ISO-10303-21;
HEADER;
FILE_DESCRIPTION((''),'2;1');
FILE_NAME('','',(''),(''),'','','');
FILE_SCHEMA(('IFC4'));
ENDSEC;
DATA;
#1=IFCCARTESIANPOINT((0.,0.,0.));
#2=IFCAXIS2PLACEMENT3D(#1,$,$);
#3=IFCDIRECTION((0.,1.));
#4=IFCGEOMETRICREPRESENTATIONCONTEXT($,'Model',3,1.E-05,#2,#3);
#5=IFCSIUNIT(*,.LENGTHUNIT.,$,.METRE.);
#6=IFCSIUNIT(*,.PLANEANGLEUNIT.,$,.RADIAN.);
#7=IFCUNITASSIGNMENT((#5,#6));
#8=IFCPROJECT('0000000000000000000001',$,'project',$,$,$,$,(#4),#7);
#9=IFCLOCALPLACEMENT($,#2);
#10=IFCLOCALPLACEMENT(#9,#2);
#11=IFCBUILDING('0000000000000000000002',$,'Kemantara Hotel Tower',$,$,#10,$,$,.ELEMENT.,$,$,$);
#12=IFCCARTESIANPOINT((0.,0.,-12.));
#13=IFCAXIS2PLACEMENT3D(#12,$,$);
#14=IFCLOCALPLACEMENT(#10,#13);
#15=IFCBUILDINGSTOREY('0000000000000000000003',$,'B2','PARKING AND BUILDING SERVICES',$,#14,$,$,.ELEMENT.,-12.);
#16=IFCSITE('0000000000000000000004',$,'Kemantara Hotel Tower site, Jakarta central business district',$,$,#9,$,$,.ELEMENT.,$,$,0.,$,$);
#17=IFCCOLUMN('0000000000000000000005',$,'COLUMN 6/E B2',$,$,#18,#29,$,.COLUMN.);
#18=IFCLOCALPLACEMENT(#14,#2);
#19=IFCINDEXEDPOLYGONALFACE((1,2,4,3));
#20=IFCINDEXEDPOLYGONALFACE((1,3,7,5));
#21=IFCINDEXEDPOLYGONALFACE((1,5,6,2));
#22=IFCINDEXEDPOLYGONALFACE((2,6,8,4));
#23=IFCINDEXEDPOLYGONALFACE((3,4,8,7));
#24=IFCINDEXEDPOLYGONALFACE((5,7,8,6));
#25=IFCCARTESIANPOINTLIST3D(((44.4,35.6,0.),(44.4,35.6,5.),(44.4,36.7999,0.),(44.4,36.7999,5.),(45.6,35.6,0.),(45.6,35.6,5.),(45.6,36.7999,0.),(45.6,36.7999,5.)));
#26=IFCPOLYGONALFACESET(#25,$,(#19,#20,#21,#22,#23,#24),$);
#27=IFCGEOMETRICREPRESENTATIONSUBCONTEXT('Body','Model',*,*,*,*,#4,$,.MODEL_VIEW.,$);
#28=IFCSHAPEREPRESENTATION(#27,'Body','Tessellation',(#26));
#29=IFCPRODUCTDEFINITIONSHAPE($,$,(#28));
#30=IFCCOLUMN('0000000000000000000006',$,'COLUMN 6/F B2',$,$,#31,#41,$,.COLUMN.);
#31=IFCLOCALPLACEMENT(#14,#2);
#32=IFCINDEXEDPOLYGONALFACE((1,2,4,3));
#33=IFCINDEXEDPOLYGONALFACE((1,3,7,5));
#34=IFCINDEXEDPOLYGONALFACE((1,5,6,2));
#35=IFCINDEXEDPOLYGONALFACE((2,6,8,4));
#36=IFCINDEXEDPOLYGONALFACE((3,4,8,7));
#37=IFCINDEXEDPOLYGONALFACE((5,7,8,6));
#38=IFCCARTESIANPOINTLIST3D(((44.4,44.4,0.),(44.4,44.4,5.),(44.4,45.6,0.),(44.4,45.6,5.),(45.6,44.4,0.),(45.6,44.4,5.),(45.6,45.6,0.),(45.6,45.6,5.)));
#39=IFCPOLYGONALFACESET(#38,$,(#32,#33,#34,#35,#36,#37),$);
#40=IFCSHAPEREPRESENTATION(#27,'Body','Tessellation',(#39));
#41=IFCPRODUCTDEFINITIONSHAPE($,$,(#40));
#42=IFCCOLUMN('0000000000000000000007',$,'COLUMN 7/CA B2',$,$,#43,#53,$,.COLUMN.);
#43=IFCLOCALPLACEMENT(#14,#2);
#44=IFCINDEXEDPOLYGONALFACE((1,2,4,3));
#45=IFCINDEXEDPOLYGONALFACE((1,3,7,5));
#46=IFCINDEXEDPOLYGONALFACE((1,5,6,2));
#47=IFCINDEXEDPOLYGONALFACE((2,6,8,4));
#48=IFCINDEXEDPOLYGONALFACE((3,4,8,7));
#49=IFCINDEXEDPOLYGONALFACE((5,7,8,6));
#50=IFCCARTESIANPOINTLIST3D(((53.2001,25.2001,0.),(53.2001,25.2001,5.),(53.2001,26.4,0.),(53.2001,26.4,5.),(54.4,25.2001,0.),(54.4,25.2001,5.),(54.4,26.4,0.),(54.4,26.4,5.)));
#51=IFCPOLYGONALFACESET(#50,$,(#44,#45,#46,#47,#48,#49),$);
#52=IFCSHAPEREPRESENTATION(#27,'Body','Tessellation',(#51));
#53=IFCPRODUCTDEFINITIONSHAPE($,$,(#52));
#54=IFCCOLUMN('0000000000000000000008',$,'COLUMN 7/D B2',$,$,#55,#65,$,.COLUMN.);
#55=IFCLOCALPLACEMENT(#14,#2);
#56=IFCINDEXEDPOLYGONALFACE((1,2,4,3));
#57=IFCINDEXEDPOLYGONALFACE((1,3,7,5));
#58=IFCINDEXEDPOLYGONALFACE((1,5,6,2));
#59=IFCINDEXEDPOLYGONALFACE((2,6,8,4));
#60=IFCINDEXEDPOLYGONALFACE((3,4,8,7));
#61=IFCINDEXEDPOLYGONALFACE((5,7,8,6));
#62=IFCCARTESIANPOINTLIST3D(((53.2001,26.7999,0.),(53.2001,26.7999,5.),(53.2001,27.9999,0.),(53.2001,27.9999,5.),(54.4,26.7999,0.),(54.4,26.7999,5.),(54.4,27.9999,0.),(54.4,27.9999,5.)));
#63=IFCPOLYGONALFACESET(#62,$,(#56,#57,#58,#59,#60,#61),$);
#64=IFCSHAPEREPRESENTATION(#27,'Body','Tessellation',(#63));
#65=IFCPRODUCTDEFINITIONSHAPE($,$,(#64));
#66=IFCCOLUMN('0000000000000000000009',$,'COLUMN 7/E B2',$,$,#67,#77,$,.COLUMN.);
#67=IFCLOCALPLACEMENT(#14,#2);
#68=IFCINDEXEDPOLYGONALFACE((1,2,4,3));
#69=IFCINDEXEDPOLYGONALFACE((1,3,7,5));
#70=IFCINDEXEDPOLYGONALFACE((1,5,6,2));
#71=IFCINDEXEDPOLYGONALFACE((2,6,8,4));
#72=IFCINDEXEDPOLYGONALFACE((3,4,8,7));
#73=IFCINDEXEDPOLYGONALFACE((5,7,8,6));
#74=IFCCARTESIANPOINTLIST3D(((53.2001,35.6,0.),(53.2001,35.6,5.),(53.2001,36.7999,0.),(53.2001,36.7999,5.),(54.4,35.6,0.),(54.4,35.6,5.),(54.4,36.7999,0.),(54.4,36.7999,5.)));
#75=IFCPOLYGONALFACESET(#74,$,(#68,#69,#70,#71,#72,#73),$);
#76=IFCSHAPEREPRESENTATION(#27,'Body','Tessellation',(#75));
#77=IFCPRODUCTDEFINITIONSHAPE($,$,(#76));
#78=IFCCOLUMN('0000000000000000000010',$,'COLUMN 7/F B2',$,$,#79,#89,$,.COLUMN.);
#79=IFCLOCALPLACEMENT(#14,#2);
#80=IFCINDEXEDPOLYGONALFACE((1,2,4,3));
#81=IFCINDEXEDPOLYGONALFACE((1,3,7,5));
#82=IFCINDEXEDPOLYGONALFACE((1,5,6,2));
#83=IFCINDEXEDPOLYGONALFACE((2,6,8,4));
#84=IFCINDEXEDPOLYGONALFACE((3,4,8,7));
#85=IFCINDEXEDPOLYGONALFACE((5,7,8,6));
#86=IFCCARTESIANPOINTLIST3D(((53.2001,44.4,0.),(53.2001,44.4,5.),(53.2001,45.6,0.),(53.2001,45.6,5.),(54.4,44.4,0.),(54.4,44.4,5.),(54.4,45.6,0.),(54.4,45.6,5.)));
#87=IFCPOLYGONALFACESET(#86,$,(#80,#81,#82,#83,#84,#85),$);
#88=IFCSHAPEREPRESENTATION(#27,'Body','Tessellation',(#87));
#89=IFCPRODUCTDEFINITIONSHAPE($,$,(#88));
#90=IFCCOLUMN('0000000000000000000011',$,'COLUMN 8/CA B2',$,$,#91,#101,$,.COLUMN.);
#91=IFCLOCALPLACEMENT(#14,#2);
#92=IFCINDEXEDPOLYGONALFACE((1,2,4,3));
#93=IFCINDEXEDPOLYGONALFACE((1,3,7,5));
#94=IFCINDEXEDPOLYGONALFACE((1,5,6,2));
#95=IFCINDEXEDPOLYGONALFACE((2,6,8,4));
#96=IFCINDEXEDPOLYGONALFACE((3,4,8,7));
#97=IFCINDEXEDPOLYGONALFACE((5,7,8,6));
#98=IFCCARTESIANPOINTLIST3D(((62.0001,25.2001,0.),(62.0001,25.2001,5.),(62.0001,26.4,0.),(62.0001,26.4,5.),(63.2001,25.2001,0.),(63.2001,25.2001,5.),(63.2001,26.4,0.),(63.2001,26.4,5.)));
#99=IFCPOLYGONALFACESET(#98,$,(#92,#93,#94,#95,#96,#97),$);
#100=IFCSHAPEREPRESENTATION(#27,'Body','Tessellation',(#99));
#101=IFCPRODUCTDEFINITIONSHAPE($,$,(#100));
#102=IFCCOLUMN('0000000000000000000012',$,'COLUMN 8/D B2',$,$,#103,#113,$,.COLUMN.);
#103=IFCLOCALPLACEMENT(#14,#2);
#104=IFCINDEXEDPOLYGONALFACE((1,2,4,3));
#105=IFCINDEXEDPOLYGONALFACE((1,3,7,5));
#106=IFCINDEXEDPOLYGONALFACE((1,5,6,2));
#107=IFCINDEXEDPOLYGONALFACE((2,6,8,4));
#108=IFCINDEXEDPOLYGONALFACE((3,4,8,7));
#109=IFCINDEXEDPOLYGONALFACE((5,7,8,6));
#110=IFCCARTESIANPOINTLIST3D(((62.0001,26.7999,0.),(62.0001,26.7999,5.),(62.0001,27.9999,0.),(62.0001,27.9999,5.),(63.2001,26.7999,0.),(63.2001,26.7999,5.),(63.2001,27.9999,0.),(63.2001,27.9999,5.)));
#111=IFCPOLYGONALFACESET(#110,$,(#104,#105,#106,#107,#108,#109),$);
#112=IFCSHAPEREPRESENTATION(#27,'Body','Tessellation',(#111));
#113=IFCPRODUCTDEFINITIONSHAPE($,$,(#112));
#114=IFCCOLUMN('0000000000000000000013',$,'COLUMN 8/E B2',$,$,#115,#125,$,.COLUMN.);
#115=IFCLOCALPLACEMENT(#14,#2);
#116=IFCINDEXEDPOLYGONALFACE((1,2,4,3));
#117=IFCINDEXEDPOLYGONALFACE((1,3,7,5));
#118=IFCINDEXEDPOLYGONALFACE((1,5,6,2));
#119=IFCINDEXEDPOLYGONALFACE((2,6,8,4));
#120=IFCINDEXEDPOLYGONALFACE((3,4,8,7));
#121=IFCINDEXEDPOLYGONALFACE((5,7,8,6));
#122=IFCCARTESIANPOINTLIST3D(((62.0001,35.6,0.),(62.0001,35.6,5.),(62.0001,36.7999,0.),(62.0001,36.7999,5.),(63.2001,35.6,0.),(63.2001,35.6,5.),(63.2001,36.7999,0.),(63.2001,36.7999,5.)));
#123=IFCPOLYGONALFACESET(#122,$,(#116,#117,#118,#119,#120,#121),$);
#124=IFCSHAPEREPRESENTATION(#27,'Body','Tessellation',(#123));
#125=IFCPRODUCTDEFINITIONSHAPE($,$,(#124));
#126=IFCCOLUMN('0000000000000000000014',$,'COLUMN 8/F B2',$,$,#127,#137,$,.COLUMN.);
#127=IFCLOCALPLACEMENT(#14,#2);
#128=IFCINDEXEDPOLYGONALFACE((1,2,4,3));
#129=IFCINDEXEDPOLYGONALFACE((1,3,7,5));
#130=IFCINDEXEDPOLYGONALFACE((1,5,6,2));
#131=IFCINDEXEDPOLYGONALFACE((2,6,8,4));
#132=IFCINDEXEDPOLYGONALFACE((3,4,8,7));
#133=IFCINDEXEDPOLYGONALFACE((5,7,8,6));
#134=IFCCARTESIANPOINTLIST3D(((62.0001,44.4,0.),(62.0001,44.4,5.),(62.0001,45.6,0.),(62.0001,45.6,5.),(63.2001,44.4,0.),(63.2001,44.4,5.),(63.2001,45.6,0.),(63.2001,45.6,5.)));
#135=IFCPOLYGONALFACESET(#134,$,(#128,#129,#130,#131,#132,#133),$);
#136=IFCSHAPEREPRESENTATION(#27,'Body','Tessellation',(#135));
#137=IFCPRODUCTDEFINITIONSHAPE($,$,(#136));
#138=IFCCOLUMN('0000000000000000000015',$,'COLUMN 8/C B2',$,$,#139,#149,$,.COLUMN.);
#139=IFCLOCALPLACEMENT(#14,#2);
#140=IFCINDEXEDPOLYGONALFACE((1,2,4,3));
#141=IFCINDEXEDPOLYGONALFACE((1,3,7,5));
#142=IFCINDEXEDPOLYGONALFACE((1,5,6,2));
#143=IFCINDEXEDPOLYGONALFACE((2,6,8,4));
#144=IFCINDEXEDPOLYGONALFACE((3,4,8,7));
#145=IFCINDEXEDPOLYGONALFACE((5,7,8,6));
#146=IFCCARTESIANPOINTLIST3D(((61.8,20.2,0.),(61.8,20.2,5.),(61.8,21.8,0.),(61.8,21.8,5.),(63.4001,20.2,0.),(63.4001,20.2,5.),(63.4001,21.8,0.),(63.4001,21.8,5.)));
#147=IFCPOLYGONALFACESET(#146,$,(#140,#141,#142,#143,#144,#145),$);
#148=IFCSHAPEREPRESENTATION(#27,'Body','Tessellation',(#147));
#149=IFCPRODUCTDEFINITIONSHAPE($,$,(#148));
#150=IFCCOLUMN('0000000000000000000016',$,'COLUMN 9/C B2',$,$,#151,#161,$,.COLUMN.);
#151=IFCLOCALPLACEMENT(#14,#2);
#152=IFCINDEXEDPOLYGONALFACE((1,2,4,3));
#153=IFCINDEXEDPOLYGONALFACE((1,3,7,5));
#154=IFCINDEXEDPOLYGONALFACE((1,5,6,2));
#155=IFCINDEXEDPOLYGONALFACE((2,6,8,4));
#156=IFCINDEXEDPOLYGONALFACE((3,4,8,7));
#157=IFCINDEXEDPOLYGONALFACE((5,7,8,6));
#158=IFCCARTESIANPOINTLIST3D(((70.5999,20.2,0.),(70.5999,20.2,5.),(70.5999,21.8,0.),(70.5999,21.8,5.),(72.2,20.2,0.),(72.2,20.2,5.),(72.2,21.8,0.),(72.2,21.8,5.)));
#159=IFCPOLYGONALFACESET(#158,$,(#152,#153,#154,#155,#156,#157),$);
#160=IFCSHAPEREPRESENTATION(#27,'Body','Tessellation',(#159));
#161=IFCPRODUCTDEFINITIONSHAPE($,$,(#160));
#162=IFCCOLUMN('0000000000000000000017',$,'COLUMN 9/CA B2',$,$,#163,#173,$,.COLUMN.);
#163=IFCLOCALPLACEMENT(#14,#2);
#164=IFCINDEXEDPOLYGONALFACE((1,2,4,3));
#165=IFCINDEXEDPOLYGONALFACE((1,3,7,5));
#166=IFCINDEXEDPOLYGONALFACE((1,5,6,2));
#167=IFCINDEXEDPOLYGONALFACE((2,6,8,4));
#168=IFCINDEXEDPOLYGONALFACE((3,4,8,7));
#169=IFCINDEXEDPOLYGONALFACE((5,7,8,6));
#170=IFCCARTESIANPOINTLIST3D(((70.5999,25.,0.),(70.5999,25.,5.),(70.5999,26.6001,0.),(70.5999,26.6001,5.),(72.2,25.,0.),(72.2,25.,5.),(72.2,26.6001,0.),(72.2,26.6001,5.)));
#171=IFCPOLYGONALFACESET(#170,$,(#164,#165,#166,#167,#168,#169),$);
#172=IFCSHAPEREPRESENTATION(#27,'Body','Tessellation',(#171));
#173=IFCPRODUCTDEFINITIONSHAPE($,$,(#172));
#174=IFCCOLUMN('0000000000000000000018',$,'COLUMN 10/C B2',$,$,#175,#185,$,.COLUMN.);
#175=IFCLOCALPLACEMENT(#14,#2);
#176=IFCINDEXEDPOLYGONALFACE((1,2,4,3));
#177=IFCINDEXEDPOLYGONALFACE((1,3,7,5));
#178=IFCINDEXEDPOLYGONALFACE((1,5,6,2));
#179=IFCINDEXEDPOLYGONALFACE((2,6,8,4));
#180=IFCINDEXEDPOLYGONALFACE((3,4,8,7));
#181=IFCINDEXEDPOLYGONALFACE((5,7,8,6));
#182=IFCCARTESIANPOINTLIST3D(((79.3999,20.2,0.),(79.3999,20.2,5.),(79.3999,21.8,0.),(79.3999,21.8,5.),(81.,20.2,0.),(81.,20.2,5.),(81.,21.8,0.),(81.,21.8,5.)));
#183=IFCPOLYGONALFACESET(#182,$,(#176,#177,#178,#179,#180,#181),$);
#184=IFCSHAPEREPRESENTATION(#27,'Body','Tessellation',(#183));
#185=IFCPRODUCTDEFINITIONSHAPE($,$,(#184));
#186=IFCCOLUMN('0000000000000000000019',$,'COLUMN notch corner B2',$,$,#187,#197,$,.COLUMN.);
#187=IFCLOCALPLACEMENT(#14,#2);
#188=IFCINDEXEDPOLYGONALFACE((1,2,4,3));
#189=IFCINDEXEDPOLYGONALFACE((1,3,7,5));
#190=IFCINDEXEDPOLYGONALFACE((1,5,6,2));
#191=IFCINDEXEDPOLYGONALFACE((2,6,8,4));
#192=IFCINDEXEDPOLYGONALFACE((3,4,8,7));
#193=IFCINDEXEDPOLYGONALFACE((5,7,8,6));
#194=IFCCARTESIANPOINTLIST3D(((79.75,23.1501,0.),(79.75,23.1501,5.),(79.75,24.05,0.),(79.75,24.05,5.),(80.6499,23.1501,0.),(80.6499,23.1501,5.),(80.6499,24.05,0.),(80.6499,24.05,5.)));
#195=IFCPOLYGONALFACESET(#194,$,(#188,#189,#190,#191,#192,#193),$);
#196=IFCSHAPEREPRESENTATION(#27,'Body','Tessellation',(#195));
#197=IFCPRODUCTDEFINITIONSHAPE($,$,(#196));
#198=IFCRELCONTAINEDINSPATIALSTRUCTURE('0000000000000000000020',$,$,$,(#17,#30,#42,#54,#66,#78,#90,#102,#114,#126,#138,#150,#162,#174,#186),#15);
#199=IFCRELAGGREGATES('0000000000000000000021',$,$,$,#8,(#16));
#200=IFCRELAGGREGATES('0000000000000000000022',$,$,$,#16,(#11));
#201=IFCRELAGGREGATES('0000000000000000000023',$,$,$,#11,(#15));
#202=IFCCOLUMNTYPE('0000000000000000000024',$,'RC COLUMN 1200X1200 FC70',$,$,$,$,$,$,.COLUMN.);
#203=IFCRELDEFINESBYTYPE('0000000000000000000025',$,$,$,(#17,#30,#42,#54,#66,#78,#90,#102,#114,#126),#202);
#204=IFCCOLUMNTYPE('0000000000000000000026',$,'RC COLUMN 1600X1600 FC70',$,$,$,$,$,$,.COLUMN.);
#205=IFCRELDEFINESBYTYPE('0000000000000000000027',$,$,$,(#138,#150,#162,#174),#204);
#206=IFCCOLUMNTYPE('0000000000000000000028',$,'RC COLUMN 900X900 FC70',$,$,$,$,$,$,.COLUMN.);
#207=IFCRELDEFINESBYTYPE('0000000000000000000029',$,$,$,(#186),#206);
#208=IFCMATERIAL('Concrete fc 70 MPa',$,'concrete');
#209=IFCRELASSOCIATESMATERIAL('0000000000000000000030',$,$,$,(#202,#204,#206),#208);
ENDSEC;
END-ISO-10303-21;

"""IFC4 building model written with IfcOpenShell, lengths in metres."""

from ifc_helpers import new_model, si_unit, direction, frame, origin, origin_2d, place, context, subcontext, project, spatial, rectangle, extrude, material, material_profile, profile_set, type_object, element, save


model = new_model("IFC4")

# Units and contexts
model_context = context("Model", 3, precision=1e-05, world=origin(), true_north=direction((0.0, 1.0)))
body_context = subcontext(model_context, "Body", "Model", "MODEL_VIEW")
ifc_project = project(units=[si_unit("LENGTHUNIT", "METRE"), si_unit("PLANEANGLEUNIT", "RADIAN")], contexts=[model_context])

# Site, building, storey
site_placement = place(None, origin())
site = spatial("IfcSite", under=ifc_project, at=site_placement, Name="Kemantara Hotel Tower site, Jakarta central business district", CompositionType="ELEMENT", RefElevation=0.0)
building_placement = place(site_placement, origin())
building = spatial("IfcBuilding", under=site, at=building_placement, Name="Kemantara Hotel Tower", CompositionType="ELEMENT")
storey_placement = place(building_placement, frame((0.0, 0.0, -12.0)))
storey = spatial("IfcBuildingStorey", under=building, at=storey_placement, Name="B2", Description="PARKING AND BUILDING SERVICES", CompositionType="ELEMENT", Elevation=-12.0)

# Columns
ifc_material = material(Name="Concrete fc 70 MPa", Category="concrete")
ifc_material_profile_1 = material_profile(ifc_material, rectangle(XDim=1.2, YDim=1.2, at=origin_2d()), Name="RC 1200X1200")
ifc_profile_set_1 = profile_set([ifc_material_profile_1], Name="Concrete fc 70 MPa")
column_type_1 = type_object("IfcColumnType", Name="RC COLUMN 1200X1200 FC70", PredefinedType="COLUMN", material=ifc_profile_set_1)
for number, where, z_axis, x_axis, name in (
    (1, (45.0, 36.2, 0.0), (0.0, 0.0, 1.0), (1.0, 0.0, 0.0), "COLUMN 6/E B2"),
    (2, (45.0, 45.0, 0.0), (0.0, 0.0, 1.0), (1.0, 0.0, 0.0), "COLUMN 6/F B2"),
    (3, (53.8, 25.8, 0.0), (0.0, 0.0, 1.0), (1.0, 0.0, 0.0), "COLUMN 7/CA B2"),
    (4, (53.8, 27.3999, 0.0), (0.0, 0.0, 1.0), (1.0, 0.0, 0.0), "COLUMN 7/D B2"),
    (5, (53.8, 36.2, 0.0), (0.0, 0.0, 1.0), (1.0, 0.0, 0.0), "COLUMN 7/E B2"),
    (6, (53.8, 45.0, 0.0), (0.0, 0.0, 1.0), (1.0, 0.0, 0.0), "COLUMN 7/F B2"),
    (7, (62.6001, 25.8, 0.0), (0.0, 0.0, 1.0), (1.0, 0.0, 0.0), "COLUMN 8/CA B2"),
    (8, (62.6001, 27.3999, 0.0), (0.0, 0.0, 1.0), (1.0, 0.0, 0.0), "COLUMN 8/D B2"),
    (9, (62.6001, 36.2, 0.0), (0.0, 0.0, 1.0), (1.0, 0.0, 0.0), "COLUMN 8/E B2"),
    (10, (62.6001, 45.0, 0.0), (0.0, 0.0, 1.0), (1.0, 0.0, 0.0), "COLUMN 8/F B2"),
):
    element("IfcColumn", number, at=place(storey_placement, frame(where, z_axis=z_axis, x_axis=x_axis)), inside=storey, type_object=column_type_1, Name=name, PredefinedType="COLUMN", context=body_context, shape_type="SweptSolid", body=[
        extrude(rectangle(XDim=1.2, YDim=1.2, at=origin_2d()), origin(), (0.0, 0.0, 1.0), 5.0),
    ])
ifc_material_profile_2 = material_profile(ifc_material, rectangle(XDim=1.6001, YDim=1.6001, at=origin_2d()), Name="RC 1600X1600")
ifc_profile_set_2 = profile_set([ifc_material_profile_2], Name="Concrete fc 70 MPa")
column_type_2 = type_object("IfcColumnType", Name="RC COLUMN 1600X1600 FC70", PredefinedType="COLUMN", material=ifc_profile_set_2)
for number, where, z_axis, x_axis, name in (
    (11, (62.6001, 21.0, 0.0), (0.0, 0.0, 1.0), (1.0, 0.0, 0.0), "COLUMN 8/C B2"),
    (12, (71.3999, 21.0, 0.0), (0.0, 0.0, 1.0), (1.0, 0.0, 0.0), "COLUMN 9/C B2"),
    (13, (71.3999, 25.8, 0.0), (0.0, 0.0, 1.0), (1.0, 0.0, 0.0), "COLUMN 9/CA B2"),
    (14, (80.2, 21.0, 0.0), (0.0, 0.0, 1.0), (1.0, 0.0, 0.0), "COLUMN 10/C B2"),
):
    element("IfcColumn", number, at=place(storey_placement, frame(where, z_axis=z_axis, x_axis=x_axis)), inside=storey, type_object=column_type_2, Name=name, PredefinedType="COLUMN", context=body_context, shape_type="SweptSolid", body=[
        extrude(rectangle(XDim=1.6001, YDim=1.6001, at=origin_2d()), origin(), (0.0, 0.0, 1.0), 5.0),
    ])
ifc_material_profile_3 = material_profile(ifc_material, rectangle(XDim=0.8999, YDim=0.8999, at=origin_2d()), Name="RC 900X900")
ifc_profile_set_3 = profile_set([ifc_material_profile_3], Name="Concrete fc 70 MPa")
column_type_3 = type_object("IfcColumnType", Name="RC COLUMN 900X900 FC70", PredefinedType="COLUMN", material=ifc_profile_set_3)
column_placement = place(storey_placement, frame((80.2, 23.6001, 0.0), z_axis=(0.0, 0.0, 1.0), x_axis=(1.0, 0.0, 0.0)))
element("IfcColumn", 15, at=column_placement, inside=storey, type_object=column_type_3, Name="COLUMN notch corner B2", PredefinedType="COLUMN", context=body_context, shape_type="SweptSolid", body=[
    extrude(rectangle(XDim=0.8999, YDim=0.8999, at=origin_2d()), origin(), (0.0, 0.0, 1.0), 5.0),
])

save(model, "model.ifc")
